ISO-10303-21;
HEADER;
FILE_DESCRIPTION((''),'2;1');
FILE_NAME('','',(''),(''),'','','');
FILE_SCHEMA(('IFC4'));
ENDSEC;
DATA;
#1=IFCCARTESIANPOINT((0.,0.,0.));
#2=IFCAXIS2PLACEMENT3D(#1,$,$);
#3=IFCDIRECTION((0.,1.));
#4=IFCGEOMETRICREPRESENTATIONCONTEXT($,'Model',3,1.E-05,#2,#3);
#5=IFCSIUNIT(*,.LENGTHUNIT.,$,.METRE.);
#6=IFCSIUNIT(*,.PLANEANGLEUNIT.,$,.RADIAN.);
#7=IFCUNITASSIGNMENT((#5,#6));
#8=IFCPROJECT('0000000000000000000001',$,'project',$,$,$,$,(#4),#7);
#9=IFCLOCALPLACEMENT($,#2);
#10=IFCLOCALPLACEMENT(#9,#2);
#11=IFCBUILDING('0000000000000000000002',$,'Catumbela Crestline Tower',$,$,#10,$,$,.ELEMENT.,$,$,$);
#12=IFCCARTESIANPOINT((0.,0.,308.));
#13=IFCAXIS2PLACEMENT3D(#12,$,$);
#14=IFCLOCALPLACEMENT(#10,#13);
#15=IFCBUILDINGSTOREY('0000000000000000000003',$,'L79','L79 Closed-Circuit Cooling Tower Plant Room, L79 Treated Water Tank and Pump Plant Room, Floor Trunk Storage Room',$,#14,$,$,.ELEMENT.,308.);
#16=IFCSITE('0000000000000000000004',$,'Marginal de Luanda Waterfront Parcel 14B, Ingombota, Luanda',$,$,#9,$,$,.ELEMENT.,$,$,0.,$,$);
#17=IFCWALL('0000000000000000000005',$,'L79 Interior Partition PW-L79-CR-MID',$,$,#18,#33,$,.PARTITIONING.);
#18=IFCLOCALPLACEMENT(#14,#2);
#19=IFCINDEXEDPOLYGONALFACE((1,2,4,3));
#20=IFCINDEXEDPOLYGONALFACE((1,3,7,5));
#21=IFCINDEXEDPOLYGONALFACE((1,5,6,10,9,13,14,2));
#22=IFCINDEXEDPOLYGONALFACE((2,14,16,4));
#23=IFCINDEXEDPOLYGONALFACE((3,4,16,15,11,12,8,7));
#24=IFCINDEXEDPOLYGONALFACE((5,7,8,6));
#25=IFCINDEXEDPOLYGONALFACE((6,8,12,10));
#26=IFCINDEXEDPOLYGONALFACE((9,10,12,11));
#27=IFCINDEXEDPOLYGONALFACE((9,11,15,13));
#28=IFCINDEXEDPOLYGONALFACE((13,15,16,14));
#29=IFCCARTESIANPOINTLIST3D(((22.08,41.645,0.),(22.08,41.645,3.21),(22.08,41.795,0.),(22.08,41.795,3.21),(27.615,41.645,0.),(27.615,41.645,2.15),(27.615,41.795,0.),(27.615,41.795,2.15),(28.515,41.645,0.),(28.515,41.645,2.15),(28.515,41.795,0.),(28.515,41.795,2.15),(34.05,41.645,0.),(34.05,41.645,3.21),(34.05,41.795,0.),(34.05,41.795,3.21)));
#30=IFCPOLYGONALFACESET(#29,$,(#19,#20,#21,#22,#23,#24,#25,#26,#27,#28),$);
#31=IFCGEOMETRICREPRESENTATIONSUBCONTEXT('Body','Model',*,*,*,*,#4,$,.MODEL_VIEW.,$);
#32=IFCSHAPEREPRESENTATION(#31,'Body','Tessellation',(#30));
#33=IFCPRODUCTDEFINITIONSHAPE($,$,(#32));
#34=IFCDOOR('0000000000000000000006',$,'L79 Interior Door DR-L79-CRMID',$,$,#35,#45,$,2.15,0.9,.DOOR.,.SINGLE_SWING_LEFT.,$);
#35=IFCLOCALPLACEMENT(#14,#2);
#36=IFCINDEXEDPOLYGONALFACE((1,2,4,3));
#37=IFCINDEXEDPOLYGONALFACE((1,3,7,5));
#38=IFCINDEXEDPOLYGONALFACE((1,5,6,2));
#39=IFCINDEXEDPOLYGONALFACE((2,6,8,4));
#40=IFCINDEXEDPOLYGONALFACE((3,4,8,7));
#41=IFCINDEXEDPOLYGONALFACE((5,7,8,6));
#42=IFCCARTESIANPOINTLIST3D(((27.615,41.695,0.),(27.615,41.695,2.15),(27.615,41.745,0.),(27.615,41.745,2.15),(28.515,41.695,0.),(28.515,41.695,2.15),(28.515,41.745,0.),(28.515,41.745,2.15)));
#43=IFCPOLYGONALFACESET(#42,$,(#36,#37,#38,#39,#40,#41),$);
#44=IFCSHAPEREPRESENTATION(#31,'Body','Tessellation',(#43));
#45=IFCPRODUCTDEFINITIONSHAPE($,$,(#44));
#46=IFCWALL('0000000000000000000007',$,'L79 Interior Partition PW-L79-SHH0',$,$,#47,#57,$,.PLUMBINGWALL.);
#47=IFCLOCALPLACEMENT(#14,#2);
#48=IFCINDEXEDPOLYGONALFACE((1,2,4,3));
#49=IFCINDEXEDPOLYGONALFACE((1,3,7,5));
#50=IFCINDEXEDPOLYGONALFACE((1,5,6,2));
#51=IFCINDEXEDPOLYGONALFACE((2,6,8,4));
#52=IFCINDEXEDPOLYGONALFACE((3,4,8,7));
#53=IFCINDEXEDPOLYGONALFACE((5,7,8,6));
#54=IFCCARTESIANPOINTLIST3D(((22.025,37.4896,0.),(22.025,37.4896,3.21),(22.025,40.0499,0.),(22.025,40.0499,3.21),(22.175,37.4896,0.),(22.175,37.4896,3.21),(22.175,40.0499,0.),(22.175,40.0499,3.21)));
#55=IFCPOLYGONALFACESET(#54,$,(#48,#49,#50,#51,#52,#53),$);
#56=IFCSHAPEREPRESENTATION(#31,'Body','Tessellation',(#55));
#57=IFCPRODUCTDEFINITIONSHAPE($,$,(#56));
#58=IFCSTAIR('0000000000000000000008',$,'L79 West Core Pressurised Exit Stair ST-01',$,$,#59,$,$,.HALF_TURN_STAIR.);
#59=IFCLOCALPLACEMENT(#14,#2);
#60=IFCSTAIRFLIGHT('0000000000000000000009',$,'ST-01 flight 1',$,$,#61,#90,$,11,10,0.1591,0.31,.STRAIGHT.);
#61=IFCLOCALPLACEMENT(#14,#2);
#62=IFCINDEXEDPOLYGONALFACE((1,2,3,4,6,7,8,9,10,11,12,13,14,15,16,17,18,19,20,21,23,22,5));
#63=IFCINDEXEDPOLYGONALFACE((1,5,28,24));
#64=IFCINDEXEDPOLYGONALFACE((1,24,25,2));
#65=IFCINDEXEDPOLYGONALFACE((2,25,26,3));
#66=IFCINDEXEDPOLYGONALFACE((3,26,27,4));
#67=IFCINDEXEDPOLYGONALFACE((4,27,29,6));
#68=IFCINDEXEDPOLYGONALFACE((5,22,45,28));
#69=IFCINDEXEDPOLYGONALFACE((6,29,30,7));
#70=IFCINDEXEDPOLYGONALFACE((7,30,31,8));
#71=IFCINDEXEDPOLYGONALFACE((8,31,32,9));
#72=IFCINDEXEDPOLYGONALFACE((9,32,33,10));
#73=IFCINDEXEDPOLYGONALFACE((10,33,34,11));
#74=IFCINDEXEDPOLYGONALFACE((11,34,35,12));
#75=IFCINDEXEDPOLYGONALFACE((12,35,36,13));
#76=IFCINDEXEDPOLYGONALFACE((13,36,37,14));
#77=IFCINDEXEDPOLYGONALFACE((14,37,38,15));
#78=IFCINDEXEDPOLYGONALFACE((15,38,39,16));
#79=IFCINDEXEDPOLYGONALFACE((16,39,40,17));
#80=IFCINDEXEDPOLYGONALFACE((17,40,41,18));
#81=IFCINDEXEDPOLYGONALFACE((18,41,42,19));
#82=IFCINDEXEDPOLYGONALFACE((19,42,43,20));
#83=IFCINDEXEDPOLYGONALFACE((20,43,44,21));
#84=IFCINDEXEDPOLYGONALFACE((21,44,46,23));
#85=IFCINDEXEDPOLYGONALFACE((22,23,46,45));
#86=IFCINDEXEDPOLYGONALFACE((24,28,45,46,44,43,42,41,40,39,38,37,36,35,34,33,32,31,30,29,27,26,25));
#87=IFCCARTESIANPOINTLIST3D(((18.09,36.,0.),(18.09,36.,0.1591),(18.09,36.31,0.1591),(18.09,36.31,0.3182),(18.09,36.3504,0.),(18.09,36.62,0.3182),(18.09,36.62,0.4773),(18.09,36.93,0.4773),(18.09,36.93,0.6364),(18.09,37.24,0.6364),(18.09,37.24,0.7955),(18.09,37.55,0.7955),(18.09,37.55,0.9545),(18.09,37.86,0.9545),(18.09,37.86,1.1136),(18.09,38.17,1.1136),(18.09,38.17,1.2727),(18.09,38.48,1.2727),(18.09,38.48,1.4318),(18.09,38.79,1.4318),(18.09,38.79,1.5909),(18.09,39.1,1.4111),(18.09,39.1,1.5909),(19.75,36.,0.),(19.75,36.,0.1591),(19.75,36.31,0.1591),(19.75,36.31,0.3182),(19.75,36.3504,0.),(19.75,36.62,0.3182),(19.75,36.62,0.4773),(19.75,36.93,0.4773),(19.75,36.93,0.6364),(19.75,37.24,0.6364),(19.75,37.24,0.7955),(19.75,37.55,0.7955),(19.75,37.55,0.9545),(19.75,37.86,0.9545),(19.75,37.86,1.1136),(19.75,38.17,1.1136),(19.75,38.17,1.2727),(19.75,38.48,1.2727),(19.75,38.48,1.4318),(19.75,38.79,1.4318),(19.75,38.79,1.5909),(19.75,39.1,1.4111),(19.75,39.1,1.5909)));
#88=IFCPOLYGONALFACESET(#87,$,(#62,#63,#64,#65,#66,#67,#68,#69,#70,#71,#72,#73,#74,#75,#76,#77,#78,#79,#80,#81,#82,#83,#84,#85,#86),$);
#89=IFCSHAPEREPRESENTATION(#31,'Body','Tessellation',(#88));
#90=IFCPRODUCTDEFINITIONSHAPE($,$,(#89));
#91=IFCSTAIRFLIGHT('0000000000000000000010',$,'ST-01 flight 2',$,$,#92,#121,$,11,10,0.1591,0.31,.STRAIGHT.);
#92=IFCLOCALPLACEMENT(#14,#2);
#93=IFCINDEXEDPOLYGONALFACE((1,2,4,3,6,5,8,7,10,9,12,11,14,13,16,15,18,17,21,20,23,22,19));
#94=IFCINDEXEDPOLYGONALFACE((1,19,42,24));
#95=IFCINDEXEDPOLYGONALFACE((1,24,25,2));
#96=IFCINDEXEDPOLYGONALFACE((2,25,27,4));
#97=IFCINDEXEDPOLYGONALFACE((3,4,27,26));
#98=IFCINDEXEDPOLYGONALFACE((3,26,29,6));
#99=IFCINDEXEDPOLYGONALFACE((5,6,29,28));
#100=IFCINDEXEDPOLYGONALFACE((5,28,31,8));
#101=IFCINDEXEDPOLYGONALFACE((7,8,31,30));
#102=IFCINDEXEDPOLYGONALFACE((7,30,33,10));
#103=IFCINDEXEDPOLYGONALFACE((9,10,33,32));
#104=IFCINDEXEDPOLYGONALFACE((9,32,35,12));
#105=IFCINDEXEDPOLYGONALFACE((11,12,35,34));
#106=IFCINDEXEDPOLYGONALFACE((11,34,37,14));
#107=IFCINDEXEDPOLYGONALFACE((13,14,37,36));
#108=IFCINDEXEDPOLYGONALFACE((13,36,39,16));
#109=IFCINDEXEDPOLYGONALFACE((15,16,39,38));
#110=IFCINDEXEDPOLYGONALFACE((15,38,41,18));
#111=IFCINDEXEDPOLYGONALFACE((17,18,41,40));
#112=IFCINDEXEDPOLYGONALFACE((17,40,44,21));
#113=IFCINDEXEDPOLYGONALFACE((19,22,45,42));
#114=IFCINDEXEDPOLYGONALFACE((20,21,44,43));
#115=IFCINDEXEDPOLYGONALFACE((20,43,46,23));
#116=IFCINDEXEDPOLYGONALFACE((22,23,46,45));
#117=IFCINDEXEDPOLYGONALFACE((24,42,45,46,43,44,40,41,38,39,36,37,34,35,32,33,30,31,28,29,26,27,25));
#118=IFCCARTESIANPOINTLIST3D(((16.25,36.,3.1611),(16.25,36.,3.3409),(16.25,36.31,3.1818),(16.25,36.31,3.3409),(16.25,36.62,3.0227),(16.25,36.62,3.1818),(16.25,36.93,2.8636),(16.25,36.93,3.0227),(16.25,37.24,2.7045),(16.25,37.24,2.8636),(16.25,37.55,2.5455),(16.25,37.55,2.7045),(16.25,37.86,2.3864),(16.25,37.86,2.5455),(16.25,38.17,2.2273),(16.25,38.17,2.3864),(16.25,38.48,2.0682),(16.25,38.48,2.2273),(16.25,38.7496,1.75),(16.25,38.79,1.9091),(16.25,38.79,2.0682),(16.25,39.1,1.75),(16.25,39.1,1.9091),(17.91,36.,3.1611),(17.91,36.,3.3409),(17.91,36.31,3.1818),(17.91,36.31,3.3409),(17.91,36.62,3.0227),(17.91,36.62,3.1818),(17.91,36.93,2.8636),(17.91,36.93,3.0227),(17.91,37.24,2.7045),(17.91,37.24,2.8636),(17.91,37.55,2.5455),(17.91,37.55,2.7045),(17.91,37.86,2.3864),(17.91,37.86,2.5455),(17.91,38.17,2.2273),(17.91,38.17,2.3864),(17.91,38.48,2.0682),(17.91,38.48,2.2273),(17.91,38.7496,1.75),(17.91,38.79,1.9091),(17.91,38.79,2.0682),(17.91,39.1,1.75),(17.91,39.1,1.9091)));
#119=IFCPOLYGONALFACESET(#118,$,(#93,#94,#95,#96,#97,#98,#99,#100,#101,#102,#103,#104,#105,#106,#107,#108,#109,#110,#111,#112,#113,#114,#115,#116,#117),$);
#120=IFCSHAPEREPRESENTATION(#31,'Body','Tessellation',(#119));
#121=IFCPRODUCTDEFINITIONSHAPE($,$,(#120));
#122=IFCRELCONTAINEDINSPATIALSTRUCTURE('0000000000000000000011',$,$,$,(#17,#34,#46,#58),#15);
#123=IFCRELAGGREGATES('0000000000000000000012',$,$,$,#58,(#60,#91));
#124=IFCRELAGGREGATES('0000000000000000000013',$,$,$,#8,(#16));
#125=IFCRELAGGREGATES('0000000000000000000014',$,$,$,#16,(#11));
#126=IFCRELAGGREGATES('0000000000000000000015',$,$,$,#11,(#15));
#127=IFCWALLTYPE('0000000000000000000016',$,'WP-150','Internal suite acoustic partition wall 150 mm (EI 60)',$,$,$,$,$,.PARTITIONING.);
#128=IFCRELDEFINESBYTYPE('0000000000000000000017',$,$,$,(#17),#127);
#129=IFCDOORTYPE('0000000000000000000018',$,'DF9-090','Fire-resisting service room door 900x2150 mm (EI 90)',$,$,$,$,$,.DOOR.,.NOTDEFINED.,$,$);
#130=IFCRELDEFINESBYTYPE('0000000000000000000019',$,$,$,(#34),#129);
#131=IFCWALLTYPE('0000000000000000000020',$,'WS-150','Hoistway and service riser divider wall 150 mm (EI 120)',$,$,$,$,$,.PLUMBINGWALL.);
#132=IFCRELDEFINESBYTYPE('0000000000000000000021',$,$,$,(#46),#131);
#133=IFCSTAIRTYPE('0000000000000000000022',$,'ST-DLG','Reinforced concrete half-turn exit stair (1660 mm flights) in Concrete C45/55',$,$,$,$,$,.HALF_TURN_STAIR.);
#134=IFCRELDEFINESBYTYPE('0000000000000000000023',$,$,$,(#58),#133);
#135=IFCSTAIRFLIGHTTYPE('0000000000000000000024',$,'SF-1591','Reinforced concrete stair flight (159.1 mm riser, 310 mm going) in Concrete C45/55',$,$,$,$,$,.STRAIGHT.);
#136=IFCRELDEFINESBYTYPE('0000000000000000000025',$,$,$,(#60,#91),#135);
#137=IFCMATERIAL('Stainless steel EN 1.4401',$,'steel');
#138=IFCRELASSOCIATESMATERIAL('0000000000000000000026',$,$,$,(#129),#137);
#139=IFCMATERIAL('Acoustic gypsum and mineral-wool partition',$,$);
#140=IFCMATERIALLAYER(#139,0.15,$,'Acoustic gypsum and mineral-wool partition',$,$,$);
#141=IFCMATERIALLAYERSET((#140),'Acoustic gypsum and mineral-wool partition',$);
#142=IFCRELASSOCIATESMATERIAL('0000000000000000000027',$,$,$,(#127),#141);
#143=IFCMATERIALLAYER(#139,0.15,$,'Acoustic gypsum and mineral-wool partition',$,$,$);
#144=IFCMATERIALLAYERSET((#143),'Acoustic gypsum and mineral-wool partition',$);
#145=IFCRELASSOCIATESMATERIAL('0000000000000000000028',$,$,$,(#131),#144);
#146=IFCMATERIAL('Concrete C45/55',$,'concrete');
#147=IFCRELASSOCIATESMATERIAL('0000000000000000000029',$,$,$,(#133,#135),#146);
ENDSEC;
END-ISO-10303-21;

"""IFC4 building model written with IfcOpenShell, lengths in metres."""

from ifc_helpers import new_model, si_unit, direction, frame, frame_2d, origin, place, context, subcontext, project, spatial, polyline, rectangle, outline, extrude, material, layer, layer_set, type_object, element, fill, aggregate, save


model = new_model("IFC4")

# Units and contexts
model_context = context("Model", 3, precision=1e-05, world=origin(), true_north=direction((0.0, 1.0)))
body_context = subcontext(model_context, "Body", "Model", "MODEL_VIEW")
ifc_project = project(units=[si_unit("LENGTHUNIT", "METRE"), si_unit("PLANEANGLEUNIT", "RADIAN")], contexts=[model_context])

# Site, building, storey
site_placement = place(None, origin())
site = spatial("IfcSite", under=ifc_project, at=site_placement, Name="Marginal de Luanda Waterfront Parcel 14B, Ingombota, Luanda", CompositionType="ELEMENT", RefElevation=0.0)
building_placement = place(site_placement, origin())
building = spatial("IfcBuilding", under=site, at=building_placement, Name="Catumbela Crestline Tower", CompositionType="ELEMENT")
storey_placement = place(building_placement, frame((0.0, 0.0, 308.0)))
storey = spatial("IfcBuildingStorey", under=building, at=storey_placement, Name="L79", Description="L79 Closed-Circuit Cooling Tower Plant Room, L79 Treated Water Tank and Pump Plant Room, Floor Trunk Storage Room", CompositionType="ELEMENT", Elevation=308.0)

# Shared definitions
ifc_material_1 = material(Name="Stainless steel EN 1.4401", Category="steel")

# Shared definitions
door_type_1 = type_object("IfcDoorType", Name="DF9-090", Description="Fire-resisting service room door 900x2150 mm (EI 90)", OperationType="NOTDEFINED", PredefinedType="DOOR", material=ifc_material_1)

# Wall, opening, door
ifc_material_2 = material(Name="Acoustic gypsum and mineral-wool partition")
ifc_layer_1 = layer(ifc_material_2, 0.15, Name="Acoustic gypsum and mineral-wool partition")
ifc_layer_set_1 = layer_set([ifc_layer_1], Name="Acoustic gypsum and mineral-wool partition")
wall_type_1 = type_object("IfcWallType", Name="WP-150", Description="Internal suite acoustic partition wall 150 mm (EI 60)", PredefinedType="PARTITIONING", material=ifc_layer_set_1)
wall_1_placement = place(storey_placement, frame((22.08, 41.72, 0.0), z_axis=(0.0, 0.0, 1.0), x_axis=(1.0, 0.0, 0.0)))
wall_1 = element("IfcWall", 1, at=wall_1_placement, inside=storey, type_object=wall_type_1, Name="L79 Interior Partition PW-L79-CR-MID", PredefinedType="PARTITIONING", context=body_context, shape_type="SweptSolid", body=[
    extrude(rectangle(XDim=11.97, YDim=0.15, at=frame_2d((5.985, 0.0))), origin(), (0.0, 0.0, 1.0), 3.21),
])
opening_1_placement = place(wall_1_placement, frame((5.535, 0.0, 0.0)))
opening_1 = element("IfcOpeningElement", 2, at=opening_1_placement, cuts=wall_1, PredefinedType="OPENING", context=body_context, shape_type="SweptSolid", body=[
    extrude(rectangle(XDim=0.9, YDim=2.15, at=frame_2d((0.45, 1.075))), frame((0.0, 0.085, 0.0), z_axis=(0.0, -1.0, 0.0), x_axis=(1.0, 0.0, 0.0)), (0.0, 0.0, 1.0), 0.17),
])
door_1_placement = place(opening_1_placement, origin())
door_1 = element("IfcDoor", 3, at=door_1_placement, inside=storey, type_object=door_type_1, Name="L79 Interior Door DR-L79-CRMID", OperationType="SINGLE_SWING_LEFT", OverallHeight=2.15, OverallWidth=0.9, PredefinedType="DOOR", context=body_context, shape_type="SweptSolid", body=[
    extrude(rectangle(XDim=0.9, YDim=2.15, at=frame_2d((0.45, 1.075))), frame((0.0, 0.025, 0.0), z_axis=(0.0, -1.0, 0.0), x_axis=(1.0, 0.0, 0.0)), (0.0, 0.0, 1.0), 0.05),
])
fill(opening_1, door_1)

# Wall
ifc_layer_2 = layer(ifc_material_2, 0.15, Name="Acoustic gypsum and mineral-wool partition")
ifc_layer_set_2 = layer_set([ifc_layer_2], Name="Acoustic gypsum and mineral-wool partition")
wall_type_2 = type_object("IfcWallType", Name="WS-150", Description="Hoistway and service riser divider wall 150 mm (EI 120)", PredefinedType="PLUMBINGWALL", material=ifc_layer_set_2)
wall_2_placement = place(storey_placement, frame((22.1, 37.4897, 0.0), z_axis=(0.0, 0.0, 1.0), x_axis=(0.0, 1.0, 0.0)))
element("IfcWall", 4, at=wall_2_placement, inside=storey, type_object=wall_type_2, Name="L79 Interior Partition PW-L79-SHH0", PredefinedType="PLUMBINGWALL", context=body_context, shape_type="SweptSolid", body=[
    extrude(rectangle(XDim=2.5603, YDim=0.15, at=frame_2d((1.2801, 0.0))), origin(), (0.0, 0.0, 1.0), 3.21),
])

# Stair, stair flights
ifc_material_3 = material(Name="Concrete C45/55", Category="concrete")
stair_type = type_object("IfcStairType", Name="ST-DLG", Description="Reinforced concrete half-turn exit stair (1660 mm flights) in Concrete C45/55", PredefinedType="HALF_TURN_STAIR", material=ifc_material_3)
stair_placement = place(storey_placement, origin())
stair = element("IfcStair", 5, at=stair_placement, inside=storey, type_object=stair_type, Name="L79 West Core Pressurised Exit Stair ST-01", PredefinedType="HALF_TURN_STAIR")
stair_flight_type = type_object("IfcStairFlightType", Name="SF-1591", Description="Reinforced concrete stair flight (159.1 mm riser, 310 mm going) in Concrete C45/55", PredefinedType="STRAIGHT", material=ifc_material_3)
stair_flight_1_placement = place(storey_placement, frame((18.92, 36.0, 0.0), z_axis=(0.0, 0.0, 1.0), x_axis=(0.0, 1.0, 0.0)))
stair_flight_1 = element("IfcStairFlight", 6, at=stair_flight_1_placement, type_object=stair_flight_type, Name="ST-01 flight 1", NumberOfRisers=11, NumberOfTreads=10, PredefinedType="STRAIGHT", RiserHeight=0.1591, TreadLength=0.31, context=body_context, shape_type="SweptSolid", body=[
    extrude(outline(polyline([(0.0, 0.0), (0.0, 0.1591), (0.31, 0.1591), (0.31, 0.3182), (0.62, 0.3182), (0.62, 0.4773), (0.93, 0.4773), (0.93, 0.6364), (1.24, 0.6364), (1.24, 0.7955), (1.55, 0.7955), (1.55, 0.9545), (1.86, 0.9545), (1.86, 1.1136), (2.17, 1.1136), (2.17, 1.2727), (2.48, 1.2727), (2.48, 1.4318), (2.79, 1.4318), (2.79, 1.5909), (3.1, 1.5909), (3.1, 1.75), (3.1, 1.4111), (0.3504, 0.0), (0.0, 0.0)])), frame((0.0, 0.83, 0.0), z_axis=(0.0, -1.0, 0.0), x_axis=(1.0, 0.0, 0.0)), (0.0, 0.0, 1.0), 1.66),
])
stair_flight_2_placement = place(storey_placement, frame((17.08, 39.1, 1.75), z_axis=(0.0, 0.0, 1.0), x_axis=(0.0, -1.0, 0.0)))
stair_flight_2 = element("IfcStairFlight", 7, at=stair_flight_2_placement, type_object=stair_flight_type, Name="ST-01 flight 2", NumberOfRisers=11, NumberOfTreads=10, PredefinedType="STRAIGHT", RiserHeight=0.1591, TreadLength=0.31, context=body_context, shape_type="SweptSolid", body=[
    extrude(outline(polyline([(0.0, 0.0), (0.0, 0.1591), (0.31, 0.1591), (0.31, 0.3182), (0.62, 0.3182), (0.62, 0.4773), (0.93, 0.4773), (0.93, 0.6364), (1.24, 0.6364), (1.24, 0.7955), (1.55, 0.7955), (1.55, 0.9545), (1.86, 0.9545), (1.86, 1.1136), (2.17, 1.1136), (2.17, 1.2727), (2.48, 1.2727), (2.48, 1.4318), (2.79, 1.4318), (2.79, 1.5909), (3.1, 1.5909), (3.1, 1.75), (3.1, 1.4111), (0.3504, 0.0), (0.0, 0.0)])), frame((0.0, 0.83, 0.0), z_axis=(0.0, -1.0, 0.0), x_axis=(1.0, 0.0, 0.0)), (0.0, 0.0, 1.0), 1.66),
])
aggregate(stair, [stair_flight_1, stair_flight_2])

save(model, "model.ifc")
